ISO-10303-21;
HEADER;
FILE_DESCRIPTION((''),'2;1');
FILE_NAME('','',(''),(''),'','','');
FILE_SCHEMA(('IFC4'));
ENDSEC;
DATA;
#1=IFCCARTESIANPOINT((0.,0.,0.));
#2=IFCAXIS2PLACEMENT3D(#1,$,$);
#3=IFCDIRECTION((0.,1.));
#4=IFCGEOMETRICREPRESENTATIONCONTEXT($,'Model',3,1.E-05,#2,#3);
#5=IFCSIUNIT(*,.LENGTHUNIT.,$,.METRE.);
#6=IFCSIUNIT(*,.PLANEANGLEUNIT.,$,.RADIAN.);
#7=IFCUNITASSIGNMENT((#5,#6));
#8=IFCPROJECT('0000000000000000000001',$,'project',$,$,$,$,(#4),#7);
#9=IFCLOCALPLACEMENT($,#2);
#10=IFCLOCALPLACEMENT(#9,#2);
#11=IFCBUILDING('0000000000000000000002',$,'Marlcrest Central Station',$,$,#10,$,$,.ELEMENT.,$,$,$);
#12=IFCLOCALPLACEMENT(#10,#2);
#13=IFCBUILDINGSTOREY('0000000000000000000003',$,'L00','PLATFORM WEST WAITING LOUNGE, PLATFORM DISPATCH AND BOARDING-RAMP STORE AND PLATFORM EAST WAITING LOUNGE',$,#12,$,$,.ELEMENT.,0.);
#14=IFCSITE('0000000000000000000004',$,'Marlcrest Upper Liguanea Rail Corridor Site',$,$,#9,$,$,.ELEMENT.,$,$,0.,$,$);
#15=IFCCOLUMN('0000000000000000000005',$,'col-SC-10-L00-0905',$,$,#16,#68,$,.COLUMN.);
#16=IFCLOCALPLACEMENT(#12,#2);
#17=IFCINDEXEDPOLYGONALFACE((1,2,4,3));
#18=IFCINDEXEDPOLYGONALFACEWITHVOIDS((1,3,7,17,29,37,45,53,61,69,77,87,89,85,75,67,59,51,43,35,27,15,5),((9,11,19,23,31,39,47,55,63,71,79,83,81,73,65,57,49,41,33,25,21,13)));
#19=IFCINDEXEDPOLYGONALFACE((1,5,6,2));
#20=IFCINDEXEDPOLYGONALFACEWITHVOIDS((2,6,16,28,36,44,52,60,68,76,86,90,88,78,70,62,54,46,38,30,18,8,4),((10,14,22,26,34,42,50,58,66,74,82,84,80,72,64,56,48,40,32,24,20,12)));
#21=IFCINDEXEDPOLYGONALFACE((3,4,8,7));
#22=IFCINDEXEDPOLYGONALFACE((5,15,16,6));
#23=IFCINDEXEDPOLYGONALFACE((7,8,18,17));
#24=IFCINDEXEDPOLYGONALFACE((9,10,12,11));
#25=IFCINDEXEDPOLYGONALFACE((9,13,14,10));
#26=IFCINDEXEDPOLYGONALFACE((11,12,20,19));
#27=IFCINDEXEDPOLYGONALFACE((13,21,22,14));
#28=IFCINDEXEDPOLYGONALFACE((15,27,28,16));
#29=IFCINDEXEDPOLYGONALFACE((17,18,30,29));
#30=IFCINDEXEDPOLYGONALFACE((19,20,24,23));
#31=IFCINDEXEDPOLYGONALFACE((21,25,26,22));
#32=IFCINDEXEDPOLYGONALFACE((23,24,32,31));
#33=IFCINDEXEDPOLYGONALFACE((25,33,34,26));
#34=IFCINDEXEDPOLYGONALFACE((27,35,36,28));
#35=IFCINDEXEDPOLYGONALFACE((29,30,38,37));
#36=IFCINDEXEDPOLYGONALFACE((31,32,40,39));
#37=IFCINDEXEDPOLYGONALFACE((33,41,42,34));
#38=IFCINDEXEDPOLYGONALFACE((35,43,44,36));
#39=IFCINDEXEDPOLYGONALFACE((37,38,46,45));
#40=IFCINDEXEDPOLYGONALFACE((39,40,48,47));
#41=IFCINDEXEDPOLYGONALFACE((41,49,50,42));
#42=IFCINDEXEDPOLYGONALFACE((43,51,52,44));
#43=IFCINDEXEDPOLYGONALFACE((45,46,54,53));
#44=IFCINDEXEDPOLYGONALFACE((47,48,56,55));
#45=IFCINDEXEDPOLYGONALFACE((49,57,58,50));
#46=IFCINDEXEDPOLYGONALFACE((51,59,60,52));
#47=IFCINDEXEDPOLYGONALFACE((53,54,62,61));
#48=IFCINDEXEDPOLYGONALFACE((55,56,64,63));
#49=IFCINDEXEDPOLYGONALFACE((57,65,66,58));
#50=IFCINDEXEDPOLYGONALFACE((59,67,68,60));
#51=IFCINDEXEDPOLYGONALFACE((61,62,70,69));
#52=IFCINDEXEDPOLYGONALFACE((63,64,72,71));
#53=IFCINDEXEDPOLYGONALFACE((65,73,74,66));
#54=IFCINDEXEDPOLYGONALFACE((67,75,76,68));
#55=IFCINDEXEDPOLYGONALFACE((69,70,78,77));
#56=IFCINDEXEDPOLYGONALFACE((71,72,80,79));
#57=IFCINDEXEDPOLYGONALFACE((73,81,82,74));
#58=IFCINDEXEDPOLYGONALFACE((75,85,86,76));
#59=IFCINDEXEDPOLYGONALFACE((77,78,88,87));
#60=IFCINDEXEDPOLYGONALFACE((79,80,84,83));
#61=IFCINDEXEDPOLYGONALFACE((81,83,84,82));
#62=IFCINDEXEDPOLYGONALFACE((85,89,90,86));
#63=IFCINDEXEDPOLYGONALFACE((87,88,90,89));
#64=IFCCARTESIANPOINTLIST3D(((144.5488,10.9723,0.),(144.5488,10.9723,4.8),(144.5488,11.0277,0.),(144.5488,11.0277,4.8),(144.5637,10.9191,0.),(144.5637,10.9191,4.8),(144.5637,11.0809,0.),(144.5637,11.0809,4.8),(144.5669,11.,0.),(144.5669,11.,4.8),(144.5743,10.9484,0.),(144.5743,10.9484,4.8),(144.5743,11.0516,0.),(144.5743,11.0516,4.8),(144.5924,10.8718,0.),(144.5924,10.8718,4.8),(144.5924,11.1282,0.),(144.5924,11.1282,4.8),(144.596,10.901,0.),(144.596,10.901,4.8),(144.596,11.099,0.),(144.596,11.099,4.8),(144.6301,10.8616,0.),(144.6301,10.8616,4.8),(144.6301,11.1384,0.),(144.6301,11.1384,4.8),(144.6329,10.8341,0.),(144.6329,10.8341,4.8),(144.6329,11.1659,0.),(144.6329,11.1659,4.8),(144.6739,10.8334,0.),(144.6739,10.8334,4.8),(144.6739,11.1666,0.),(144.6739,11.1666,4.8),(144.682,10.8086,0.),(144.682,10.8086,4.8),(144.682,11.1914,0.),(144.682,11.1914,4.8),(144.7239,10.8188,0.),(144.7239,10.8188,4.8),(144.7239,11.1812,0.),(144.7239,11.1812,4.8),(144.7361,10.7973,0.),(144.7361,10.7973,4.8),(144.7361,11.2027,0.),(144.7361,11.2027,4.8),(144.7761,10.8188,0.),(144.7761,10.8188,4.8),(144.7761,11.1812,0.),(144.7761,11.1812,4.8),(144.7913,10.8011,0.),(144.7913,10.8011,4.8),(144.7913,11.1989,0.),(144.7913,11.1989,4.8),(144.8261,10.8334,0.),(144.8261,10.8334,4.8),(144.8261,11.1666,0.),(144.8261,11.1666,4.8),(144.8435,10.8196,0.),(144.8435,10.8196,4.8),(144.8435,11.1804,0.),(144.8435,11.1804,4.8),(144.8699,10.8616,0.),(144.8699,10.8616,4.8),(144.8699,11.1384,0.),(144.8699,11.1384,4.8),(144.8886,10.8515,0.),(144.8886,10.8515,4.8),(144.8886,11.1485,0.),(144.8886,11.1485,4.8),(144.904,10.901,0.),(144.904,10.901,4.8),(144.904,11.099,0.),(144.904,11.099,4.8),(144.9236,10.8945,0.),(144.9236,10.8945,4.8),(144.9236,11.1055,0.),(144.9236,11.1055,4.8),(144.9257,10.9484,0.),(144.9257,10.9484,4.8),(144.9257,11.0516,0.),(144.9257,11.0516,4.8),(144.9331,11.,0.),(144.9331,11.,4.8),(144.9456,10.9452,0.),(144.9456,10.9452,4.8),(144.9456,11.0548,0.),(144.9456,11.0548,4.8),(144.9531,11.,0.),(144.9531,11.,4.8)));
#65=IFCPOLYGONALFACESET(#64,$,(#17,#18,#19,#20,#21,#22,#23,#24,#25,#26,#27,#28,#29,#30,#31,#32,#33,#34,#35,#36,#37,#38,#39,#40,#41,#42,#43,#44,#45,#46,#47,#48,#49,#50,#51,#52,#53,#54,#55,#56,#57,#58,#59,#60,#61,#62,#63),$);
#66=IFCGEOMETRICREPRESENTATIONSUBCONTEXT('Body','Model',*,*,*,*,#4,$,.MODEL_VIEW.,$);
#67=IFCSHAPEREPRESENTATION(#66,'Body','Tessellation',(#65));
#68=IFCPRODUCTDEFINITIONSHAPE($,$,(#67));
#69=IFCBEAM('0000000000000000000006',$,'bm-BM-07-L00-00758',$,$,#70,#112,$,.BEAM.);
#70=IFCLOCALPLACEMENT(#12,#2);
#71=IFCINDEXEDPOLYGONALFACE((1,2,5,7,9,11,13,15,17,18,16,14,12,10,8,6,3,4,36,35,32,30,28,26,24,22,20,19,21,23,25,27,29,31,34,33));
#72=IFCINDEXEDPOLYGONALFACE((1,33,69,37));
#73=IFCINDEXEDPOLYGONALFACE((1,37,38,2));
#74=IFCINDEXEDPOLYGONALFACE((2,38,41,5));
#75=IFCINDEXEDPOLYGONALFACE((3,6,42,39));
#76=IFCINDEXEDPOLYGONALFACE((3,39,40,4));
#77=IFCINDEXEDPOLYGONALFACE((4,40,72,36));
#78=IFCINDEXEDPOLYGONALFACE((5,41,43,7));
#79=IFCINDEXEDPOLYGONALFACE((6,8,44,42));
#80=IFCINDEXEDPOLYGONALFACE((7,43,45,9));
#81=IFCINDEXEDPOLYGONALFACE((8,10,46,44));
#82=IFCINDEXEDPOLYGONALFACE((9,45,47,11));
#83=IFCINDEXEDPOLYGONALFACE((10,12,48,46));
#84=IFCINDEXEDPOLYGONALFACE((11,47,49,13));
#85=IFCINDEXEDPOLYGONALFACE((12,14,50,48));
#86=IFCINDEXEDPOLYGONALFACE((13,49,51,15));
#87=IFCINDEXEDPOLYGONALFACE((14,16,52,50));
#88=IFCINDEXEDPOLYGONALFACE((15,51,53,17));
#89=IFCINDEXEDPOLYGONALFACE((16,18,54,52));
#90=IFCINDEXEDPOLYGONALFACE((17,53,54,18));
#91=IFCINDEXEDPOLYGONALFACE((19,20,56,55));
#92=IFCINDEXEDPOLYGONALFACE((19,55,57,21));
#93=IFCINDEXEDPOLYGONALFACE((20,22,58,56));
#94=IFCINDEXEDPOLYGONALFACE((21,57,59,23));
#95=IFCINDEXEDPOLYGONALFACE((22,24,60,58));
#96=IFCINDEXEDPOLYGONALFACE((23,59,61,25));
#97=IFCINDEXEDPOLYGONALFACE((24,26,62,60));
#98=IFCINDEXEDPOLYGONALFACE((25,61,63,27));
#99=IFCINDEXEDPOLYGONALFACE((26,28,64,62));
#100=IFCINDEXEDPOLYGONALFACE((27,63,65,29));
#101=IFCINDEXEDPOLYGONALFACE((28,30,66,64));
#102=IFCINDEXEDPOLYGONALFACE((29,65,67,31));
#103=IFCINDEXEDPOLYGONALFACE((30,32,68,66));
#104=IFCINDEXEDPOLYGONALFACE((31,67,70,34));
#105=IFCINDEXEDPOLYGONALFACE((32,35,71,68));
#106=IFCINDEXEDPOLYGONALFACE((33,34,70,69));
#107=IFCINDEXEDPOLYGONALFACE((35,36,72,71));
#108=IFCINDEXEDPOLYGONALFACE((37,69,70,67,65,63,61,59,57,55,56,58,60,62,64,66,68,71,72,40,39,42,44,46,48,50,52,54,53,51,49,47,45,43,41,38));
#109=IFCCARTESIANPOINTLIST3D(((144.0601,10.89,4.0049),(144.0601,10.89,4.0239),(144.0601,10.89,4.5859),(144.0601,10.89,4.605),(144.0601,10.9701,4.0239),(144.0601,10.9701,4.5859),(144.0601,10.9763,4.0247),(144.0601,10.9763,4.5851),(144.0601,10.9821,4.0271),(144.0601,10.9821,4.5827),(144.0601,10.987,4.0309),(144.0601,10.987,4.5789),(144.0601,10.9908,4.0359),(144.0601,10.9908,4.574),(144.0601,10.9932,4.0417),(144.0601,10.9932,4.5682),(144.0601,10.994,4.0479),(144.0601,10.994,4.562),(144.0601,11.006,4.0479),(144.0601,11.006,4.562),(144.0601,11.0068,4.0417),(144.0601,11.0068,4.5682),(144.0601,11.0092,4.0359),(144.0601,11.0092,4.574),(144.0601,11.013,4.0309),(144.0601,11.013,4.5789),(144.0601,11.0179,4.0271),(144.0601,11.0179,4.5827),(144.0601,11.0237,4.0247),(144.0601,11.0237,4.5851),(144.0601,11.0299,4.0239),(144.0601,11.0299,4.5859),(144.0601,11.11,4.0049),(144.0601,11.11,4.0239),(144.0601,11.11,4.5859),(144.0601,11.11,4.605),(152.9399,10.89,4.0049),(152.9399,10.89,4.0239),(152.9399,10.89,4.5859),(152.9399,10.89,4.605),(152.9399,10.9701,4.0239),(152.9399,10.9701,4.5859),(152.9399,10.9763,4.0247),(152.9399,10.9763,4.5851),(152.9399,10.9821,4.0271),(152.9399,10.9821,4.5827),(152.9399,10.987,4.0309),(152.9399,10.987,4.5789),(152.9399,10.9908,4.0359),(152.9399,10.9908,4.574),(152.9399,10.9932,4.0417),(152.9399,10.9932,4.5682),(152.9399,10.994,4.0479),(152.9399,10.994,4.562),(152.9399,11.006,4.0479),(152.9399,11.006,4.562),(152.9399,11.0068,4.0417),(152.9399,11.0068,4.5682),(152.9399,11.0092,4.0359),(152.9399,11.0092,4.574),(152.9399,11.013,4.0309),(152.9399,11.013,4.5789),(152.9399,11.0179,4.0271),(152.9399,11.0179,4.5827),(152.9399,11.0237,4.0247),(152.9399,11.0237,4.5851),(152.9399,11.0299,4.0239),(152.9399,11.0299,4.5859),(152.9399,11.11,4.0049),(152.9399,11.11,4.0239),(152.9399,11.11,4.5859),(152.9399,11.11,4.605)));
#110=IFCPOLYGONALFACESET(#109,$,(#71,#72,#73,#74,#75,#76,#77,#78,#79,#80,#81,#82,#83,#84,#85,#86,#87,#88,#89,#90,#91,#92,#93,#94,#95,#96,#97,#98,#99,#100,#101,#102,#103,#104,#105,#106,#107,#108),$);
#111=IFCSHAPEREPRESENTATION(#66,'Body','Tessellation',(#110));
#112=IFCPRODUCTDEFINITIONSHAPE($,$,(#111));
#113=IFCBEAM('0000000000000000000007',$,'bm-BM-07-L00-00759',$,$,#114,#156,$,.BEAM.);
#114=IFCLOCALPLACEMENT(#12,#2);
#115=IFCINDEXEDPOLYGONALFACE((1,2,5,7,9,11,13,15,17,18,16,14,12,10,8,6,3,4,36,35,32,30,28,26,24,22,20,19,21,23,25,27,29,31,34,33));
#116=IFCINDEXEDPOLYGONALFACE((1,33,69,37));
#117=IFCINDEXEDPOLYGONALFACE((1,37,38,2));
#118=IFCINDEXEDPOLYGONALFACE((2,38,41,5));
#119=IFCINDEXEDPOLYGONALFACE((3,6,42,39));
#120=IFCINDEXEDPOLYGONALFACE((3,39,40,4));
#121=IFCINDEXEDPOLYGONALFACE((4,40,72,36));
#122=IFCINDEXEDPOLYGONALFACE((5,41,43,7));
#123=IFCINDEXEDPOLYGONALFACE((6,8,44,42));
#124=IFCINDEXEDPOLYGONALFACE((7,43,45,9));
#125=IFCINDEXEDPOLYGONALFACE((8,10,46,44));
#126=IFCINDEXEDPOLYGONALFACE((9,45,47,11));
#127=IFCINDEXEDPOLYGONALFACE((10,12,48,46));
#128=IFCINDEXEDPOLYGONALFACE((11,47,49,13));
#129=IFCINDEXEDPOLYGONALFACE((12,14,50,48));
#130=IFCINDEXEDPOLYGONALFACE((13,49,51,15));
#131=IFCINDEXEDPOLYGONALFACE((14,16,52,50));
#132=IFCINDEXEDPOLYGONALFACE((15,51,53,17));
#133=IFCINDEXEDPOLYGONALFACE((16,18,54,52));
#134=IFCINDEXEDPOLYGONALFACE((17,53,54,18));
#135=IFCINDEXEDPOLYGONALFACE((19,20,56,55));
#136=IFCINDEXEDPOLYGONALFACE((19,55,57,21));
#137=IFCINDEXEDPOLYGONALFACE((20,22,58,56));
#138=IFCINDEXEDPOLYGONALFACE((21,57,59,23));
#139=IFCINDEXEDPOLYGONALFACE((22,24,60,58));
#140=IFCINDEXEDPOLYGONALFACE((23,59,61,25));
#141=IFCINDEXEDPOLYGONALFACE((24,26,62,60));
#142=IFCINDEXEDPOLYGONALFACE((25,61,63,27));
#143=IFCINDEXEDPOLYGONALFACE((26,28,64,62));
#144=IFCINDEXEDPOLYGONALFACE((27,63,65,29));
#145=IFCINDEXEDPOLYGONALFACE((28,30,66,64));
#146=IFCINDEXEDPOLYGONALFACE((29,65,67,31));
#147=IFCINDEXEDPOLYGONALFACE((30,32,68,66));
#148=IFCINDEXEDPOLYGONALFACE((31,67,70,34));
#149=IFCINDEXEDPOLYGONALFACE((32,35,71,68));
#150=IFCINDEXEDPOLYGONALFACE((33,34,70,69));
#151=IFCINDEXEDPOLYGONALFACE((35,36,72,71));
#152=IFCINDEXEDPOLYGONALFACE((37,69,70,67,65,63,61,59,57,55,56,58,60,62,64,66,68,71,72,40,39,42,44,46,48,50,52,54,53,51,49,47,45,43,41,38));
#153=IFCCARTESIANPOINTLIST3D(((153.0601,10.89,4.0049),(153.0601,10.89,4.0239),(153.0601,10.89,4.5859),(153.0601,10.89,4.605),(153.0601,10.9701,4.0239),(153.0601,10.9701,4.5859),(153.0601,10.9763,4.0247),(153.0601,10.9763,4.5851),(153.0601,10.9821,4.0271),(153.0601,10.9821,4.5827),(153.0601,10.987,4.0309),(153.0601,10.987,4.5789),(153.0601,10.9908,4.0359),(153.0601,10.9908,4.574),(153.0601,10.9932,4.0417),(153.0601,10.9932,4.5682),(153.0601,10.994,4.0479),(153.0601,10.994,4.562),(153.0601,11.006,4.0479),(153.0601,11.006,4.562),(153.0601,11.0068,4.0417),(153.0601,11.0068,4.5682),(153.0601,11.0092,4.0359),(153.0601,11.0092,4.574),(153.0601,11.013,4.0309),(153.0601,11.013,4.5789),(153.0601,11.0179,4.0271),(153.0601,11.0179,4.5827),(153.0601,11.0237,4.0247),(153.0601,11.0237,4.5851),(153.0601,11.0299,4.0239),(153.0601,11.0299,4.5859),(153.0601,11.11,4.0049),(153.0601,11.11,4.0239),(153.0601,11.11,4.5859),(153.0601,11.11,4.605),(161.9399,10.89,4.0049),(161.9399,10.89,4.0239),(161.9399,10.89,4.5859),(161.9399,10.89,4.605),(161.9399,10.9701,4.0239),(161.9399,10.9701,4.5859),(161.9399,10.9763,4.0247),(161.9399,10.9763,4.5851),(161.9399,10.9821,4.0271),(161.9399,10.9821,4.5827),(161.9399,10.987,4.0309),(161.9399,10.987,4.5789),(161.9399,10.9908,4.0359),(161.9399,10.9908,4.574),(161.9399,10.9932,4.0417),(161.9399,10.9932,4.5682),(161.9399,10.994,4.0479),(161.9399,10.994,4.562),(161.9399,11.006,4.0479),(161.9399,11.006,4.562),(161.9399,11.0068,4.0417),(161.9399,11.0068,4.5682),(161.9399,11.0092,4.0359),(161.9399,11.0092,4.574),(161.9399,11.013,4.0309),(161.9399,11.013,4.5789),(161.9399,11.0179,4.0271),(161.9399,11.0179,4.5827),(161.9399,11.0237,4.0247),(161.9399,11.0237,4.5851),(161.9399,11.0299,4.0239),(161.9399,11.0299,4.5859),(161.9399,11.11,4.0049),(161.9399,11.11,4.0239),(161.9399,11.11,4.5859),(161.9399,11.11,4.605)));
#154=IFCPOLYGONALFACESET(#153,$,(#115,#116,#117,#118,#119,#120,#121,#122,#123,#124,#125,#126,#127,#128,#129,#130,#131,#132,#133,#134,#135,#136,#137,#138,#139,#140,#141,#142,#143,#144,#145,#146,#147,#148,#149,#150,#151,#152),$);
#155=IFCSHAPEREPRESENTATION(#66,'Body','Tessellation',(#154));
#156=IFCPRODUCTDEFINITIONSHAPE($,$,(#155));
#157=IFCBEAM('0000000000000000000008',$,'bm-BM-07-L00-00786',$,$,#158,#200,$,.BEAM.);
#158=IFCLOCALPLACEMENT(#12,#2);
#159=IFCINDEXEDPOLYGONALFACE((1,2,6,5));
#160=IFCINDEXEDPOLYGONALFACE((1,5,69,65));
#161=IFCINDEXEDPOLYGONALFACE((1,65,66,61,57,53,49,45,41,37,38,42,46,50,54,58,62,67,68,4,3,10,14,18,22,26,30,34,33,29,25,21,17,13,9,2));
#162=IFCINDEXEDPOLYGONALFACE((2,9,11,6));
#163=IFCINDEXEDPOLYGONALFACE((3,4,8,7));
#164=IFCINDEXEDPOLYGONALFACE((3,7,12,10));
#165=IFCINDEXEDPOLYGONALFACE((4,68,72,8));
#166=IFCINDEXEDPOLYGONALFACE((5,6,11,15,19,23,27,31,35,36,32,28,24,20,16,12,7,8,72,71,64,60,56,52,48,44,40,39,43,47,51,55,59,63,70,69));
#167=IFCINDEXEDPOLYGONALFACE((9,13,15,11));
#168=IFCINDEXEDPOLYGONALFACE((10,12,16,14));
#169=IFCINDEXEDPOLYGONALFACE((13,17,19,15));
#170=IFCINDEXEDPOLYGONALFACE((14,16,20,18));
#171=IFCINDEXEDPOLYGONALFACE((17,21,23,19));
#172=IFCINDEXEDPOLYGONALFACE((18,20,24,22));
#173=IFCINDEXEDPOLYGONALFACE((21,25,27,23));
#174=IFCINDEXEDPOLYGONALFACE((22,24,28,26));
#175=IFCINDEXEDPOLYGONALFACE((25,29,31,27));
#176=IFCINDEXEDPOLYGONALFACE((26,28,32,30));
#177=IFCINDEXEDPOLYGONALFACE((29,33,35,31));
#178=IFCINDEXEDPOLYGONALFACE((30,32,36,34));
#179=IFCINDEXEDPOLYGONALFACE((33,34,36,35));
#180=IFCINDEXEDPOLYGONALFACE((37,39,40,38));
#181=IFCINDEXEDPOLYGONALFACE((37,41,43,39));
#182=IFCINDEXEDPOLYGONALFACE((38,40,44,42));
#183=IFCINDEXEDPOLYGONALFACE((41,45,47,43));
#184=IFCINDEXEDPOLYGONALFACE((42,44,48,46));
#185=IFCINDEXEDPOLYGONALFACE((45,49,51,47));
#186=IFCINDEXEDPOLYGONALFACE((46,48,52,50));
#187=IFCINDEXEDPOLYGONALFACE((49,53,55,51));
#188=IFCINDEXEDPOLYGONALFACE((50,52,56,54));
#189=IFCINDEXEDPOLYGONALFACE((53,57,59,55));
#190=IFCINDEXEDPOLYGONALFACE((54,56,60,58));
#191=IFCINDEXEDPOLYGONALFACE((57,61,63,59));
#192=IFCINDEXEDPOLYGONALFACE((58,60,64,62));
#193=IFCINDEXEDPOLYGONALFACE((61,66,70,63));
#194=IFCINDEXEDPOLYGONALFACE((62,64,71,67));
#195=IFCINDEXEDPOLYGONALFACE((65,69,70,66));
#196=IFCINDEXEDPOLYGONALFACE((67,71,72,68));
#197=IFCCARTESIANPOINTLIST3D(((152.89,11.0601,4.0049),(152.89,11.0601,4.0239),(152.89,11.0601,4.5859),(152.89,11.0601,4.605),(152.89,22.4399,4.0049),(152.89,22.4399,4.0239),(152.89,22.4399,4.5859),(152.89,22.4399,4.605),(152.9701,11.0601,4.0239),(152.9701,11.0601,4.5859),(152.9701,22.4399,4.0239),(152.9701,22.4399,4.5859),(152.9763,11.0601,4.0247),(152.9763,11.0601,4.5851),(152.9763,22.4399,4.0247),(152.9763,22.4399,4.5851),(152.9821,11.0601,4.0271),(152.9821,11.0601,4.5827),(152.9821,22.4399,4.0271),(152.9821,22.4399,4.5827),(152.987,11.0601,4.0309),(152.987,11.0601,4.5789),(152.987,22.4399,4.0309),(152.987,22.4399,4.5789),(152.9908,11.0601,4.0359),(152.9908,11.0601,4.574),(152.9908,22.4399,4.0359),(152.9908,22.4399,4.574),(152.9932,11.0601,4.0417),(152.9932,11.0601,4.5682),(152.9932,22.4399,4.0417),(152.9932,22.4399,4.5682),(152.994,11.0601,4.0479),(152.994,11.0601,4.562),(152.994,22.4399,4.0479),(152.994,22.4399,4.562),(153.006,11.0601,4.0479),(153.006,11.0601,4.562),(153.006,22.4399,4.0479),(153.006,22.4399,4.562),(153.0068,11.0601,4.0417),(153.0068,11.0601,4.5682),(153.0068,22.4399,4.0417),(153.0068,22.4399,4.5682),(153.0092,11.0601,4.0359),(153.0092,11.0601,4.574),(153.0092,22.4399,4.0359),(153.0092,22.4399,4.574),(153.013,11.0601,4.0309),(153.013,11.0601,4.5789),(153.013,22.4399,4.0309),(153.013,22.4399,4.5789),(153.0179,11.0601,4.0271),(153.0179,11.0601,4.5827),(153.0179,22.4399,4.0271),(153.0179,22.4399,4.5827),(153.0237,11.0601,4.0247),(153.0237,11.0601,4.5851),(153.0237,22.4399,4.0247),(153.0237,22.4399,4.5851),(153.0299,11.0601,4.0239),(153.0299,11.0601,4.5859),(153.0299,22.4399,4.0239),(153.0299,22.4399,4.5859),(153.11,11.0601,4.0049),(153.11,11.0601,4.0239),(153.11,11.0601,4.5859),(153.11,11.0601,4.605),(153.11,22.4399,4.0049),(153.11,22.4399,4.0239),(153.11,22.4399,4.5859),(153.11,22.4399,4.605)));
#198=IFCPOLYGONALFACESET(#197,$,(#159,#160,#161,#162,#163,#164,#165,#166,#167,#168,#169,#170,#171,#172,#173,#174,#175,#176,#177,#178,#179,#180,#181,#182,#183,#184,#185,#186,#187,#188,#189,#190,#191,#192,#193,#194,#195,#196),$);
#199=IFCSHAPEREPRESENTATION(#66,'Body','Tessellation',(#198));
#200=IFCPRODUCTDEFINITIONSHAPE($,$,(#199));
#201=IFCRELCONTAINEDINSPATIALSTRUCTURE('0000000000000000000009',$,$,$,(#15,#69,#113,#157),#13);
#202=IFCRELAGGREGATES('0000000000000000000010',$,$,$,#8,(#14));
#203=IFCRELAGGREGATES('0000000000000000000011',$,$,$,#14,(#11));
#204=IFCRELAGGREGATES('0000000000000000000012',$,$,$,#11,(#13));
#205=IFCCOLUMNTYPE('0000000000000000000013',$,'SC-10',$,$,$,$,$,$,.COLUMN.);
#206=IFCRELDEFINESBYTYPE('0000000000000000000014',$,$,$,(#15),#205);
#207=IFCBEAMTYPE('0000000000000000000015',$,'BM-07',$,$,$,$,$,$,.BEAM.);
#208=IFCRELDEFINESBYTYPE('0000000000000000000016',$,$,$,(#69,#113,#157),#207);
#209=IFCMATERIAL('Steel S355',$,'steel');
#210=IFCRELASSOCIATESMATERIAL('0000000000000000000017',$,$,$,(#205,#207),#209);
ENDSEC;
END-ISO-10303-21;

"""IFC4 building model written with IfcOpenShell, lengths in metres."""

from ifc_helpers import new_model, si_unit, direction, frame, origin, origin_2d, place, context, subcontext, project, spatial, hollow_circle, i_section, extrude, material, material_profile, profile_set, type_object, element, save


model = new_model("IFC4")

# Units and contexts
model_context = context("Model", 3, precision=1e-05, world=origin(), true_north=direction((0.0, 1.0)))
body_context = subcontext(model_context, "Body", "Model", "MODEL_VIEW")
ifc_project = project(units=[si_unit("LENGTHUNIT", "METRE"), si_unit("PLANEANGLEUNIT", "RADIAN")], contexts=[model_context])

# Site, building, storey
site_placement = place(None, origin())
site = spatial("IfcSite", under=ifc_project, at=site_placement, Name="Marlcrest Upper Liguanea Rail Corridor Site", CompositionType="ELEMENT", RefElevation=0.0)
building_placement = place(site_placement, origin())
building = spatial("IfcBuilding", under=site, at=building_placement, Name="Marlcrest Central Station", CompositionType="ELEMENT")
storey_placement = place(building_placement, origin())
storey = spatial("IfcBuildingStorey", under=building, at=storey_placement, Name="L00", Description="PLATFORM WEST WAITING LOUNGE, PLATFORM DISPATCH AND BOARDING-RAMP STORE AND PLATFORM EAST WAITING LOUNGE", CompositionType="ELEMENT", Elevation=0.0)

# Column
ifc_material_1 = material(Name="Steel S355", Category="steel")
ifc_material_profile_1 = material_profile(ifc_material_1, hollow_circle(Radius=0.2031, WallThickness=0.02, at=origin_2d()), Name="CHS 406.4x20")
ifc_profile_set_1 = profile_set([ifc_material_profile_1], Name="Steel S355")
column_type_1 = type_object("IfcColumnType", Name="SC-10", PredefinedType="COLUMN", material=ifc_profile_set_1)
column_placement = place(storey_placement, frame((144.75, 11.0, 0.0), z_axis=(0.0, 0.0, 1.0), x_axis=(1.0, 0.0, 0.0)))
element("IfcColumn", 1, at=column_placement, inside=storey, type_object=column_type_1, Name="col-SC-10-L00-0905", PredefinedType="COLUMN", context=body_context, shape_type="SweptSolid", body=[
    extrude(hollow_circle(Radius=0.2031, WallThickness=0.02, at=origin_2d()), origin(), (0.0, 0.0, 1.0), 4.8),
])

# Beams
ifc_material_profile_2 = material_profile(ifc_material_1, i_section(OverallWidth=0.22, OverallDepth=0.6001, WebThickness=0.012, FlangeThickness=0.019, FilletRadius=0.0239, at=origin_2d()), Name="IPE 600")
ifc_profile_set_2 = profile_set([ifc_material_profile_2], Name="Steel S355")
beam_type_1 = type_object("IfcBeamType", Name="BM-07", PredefinedType="BEAM", material=ifc_profile_set_2)
for number, where, z_axis, x_axis, name in (
    (2, (144.0601, 11.0, 4.3049), (1.0, 0.0, 0.0), (0.0, 1.0, 0.0), "bm-BM-07-L00-00758"),
    (3, (153.0601, 11.0, 4.3049), (1.0, 0.0, 0.0), (0.0, 1.0, 0.0), "bm-BM-07-L00-00759"),
):
    element("IfcBeam", number, at=place(storey_placement, frame(where, z_axis=z_axis, x_axis=x_axis)), inside=storey, type_object=beam_type_1, Name=name, PredefinedType="BEAM", context=body_context, shape_type="SweptSolid", body=[
        extrude(i_section(OverallWidth=0.22, OverallDepth=0.6001, WebThickness=0.012, FlangeThickness=0.019, FilletRadius=0.0239, at=origin_2d()), origin(), (0.0, 0.0, 1.0), 8.8799),
    ])
beam_1_placement = place(storey_placement, frame((153.0, 11.0601, 4.3049), z_axis=(0.0, 1.0, 0.0), x_axis=(-1.0, 0.0, 0.0)))
element("IfcBeam", 4, at=beam_1_placement, inside=storey, type_object=beam_type_1, Name="bm-BM-07-L00-00786", PredefinedType="BEAM", context=body_context, shape_type="SweptSolid", body=[
    extrude(i_section(OverallWidth=0.22, OverallDepth=0.6001, WebThickness=0.012, FlangeThickness=0.019, FilletRadius=0.0239, at=origin_2d()), origin(), (0.0, 0.0, 1.0), 11.3799),
])

save(model, "model.ifc")
